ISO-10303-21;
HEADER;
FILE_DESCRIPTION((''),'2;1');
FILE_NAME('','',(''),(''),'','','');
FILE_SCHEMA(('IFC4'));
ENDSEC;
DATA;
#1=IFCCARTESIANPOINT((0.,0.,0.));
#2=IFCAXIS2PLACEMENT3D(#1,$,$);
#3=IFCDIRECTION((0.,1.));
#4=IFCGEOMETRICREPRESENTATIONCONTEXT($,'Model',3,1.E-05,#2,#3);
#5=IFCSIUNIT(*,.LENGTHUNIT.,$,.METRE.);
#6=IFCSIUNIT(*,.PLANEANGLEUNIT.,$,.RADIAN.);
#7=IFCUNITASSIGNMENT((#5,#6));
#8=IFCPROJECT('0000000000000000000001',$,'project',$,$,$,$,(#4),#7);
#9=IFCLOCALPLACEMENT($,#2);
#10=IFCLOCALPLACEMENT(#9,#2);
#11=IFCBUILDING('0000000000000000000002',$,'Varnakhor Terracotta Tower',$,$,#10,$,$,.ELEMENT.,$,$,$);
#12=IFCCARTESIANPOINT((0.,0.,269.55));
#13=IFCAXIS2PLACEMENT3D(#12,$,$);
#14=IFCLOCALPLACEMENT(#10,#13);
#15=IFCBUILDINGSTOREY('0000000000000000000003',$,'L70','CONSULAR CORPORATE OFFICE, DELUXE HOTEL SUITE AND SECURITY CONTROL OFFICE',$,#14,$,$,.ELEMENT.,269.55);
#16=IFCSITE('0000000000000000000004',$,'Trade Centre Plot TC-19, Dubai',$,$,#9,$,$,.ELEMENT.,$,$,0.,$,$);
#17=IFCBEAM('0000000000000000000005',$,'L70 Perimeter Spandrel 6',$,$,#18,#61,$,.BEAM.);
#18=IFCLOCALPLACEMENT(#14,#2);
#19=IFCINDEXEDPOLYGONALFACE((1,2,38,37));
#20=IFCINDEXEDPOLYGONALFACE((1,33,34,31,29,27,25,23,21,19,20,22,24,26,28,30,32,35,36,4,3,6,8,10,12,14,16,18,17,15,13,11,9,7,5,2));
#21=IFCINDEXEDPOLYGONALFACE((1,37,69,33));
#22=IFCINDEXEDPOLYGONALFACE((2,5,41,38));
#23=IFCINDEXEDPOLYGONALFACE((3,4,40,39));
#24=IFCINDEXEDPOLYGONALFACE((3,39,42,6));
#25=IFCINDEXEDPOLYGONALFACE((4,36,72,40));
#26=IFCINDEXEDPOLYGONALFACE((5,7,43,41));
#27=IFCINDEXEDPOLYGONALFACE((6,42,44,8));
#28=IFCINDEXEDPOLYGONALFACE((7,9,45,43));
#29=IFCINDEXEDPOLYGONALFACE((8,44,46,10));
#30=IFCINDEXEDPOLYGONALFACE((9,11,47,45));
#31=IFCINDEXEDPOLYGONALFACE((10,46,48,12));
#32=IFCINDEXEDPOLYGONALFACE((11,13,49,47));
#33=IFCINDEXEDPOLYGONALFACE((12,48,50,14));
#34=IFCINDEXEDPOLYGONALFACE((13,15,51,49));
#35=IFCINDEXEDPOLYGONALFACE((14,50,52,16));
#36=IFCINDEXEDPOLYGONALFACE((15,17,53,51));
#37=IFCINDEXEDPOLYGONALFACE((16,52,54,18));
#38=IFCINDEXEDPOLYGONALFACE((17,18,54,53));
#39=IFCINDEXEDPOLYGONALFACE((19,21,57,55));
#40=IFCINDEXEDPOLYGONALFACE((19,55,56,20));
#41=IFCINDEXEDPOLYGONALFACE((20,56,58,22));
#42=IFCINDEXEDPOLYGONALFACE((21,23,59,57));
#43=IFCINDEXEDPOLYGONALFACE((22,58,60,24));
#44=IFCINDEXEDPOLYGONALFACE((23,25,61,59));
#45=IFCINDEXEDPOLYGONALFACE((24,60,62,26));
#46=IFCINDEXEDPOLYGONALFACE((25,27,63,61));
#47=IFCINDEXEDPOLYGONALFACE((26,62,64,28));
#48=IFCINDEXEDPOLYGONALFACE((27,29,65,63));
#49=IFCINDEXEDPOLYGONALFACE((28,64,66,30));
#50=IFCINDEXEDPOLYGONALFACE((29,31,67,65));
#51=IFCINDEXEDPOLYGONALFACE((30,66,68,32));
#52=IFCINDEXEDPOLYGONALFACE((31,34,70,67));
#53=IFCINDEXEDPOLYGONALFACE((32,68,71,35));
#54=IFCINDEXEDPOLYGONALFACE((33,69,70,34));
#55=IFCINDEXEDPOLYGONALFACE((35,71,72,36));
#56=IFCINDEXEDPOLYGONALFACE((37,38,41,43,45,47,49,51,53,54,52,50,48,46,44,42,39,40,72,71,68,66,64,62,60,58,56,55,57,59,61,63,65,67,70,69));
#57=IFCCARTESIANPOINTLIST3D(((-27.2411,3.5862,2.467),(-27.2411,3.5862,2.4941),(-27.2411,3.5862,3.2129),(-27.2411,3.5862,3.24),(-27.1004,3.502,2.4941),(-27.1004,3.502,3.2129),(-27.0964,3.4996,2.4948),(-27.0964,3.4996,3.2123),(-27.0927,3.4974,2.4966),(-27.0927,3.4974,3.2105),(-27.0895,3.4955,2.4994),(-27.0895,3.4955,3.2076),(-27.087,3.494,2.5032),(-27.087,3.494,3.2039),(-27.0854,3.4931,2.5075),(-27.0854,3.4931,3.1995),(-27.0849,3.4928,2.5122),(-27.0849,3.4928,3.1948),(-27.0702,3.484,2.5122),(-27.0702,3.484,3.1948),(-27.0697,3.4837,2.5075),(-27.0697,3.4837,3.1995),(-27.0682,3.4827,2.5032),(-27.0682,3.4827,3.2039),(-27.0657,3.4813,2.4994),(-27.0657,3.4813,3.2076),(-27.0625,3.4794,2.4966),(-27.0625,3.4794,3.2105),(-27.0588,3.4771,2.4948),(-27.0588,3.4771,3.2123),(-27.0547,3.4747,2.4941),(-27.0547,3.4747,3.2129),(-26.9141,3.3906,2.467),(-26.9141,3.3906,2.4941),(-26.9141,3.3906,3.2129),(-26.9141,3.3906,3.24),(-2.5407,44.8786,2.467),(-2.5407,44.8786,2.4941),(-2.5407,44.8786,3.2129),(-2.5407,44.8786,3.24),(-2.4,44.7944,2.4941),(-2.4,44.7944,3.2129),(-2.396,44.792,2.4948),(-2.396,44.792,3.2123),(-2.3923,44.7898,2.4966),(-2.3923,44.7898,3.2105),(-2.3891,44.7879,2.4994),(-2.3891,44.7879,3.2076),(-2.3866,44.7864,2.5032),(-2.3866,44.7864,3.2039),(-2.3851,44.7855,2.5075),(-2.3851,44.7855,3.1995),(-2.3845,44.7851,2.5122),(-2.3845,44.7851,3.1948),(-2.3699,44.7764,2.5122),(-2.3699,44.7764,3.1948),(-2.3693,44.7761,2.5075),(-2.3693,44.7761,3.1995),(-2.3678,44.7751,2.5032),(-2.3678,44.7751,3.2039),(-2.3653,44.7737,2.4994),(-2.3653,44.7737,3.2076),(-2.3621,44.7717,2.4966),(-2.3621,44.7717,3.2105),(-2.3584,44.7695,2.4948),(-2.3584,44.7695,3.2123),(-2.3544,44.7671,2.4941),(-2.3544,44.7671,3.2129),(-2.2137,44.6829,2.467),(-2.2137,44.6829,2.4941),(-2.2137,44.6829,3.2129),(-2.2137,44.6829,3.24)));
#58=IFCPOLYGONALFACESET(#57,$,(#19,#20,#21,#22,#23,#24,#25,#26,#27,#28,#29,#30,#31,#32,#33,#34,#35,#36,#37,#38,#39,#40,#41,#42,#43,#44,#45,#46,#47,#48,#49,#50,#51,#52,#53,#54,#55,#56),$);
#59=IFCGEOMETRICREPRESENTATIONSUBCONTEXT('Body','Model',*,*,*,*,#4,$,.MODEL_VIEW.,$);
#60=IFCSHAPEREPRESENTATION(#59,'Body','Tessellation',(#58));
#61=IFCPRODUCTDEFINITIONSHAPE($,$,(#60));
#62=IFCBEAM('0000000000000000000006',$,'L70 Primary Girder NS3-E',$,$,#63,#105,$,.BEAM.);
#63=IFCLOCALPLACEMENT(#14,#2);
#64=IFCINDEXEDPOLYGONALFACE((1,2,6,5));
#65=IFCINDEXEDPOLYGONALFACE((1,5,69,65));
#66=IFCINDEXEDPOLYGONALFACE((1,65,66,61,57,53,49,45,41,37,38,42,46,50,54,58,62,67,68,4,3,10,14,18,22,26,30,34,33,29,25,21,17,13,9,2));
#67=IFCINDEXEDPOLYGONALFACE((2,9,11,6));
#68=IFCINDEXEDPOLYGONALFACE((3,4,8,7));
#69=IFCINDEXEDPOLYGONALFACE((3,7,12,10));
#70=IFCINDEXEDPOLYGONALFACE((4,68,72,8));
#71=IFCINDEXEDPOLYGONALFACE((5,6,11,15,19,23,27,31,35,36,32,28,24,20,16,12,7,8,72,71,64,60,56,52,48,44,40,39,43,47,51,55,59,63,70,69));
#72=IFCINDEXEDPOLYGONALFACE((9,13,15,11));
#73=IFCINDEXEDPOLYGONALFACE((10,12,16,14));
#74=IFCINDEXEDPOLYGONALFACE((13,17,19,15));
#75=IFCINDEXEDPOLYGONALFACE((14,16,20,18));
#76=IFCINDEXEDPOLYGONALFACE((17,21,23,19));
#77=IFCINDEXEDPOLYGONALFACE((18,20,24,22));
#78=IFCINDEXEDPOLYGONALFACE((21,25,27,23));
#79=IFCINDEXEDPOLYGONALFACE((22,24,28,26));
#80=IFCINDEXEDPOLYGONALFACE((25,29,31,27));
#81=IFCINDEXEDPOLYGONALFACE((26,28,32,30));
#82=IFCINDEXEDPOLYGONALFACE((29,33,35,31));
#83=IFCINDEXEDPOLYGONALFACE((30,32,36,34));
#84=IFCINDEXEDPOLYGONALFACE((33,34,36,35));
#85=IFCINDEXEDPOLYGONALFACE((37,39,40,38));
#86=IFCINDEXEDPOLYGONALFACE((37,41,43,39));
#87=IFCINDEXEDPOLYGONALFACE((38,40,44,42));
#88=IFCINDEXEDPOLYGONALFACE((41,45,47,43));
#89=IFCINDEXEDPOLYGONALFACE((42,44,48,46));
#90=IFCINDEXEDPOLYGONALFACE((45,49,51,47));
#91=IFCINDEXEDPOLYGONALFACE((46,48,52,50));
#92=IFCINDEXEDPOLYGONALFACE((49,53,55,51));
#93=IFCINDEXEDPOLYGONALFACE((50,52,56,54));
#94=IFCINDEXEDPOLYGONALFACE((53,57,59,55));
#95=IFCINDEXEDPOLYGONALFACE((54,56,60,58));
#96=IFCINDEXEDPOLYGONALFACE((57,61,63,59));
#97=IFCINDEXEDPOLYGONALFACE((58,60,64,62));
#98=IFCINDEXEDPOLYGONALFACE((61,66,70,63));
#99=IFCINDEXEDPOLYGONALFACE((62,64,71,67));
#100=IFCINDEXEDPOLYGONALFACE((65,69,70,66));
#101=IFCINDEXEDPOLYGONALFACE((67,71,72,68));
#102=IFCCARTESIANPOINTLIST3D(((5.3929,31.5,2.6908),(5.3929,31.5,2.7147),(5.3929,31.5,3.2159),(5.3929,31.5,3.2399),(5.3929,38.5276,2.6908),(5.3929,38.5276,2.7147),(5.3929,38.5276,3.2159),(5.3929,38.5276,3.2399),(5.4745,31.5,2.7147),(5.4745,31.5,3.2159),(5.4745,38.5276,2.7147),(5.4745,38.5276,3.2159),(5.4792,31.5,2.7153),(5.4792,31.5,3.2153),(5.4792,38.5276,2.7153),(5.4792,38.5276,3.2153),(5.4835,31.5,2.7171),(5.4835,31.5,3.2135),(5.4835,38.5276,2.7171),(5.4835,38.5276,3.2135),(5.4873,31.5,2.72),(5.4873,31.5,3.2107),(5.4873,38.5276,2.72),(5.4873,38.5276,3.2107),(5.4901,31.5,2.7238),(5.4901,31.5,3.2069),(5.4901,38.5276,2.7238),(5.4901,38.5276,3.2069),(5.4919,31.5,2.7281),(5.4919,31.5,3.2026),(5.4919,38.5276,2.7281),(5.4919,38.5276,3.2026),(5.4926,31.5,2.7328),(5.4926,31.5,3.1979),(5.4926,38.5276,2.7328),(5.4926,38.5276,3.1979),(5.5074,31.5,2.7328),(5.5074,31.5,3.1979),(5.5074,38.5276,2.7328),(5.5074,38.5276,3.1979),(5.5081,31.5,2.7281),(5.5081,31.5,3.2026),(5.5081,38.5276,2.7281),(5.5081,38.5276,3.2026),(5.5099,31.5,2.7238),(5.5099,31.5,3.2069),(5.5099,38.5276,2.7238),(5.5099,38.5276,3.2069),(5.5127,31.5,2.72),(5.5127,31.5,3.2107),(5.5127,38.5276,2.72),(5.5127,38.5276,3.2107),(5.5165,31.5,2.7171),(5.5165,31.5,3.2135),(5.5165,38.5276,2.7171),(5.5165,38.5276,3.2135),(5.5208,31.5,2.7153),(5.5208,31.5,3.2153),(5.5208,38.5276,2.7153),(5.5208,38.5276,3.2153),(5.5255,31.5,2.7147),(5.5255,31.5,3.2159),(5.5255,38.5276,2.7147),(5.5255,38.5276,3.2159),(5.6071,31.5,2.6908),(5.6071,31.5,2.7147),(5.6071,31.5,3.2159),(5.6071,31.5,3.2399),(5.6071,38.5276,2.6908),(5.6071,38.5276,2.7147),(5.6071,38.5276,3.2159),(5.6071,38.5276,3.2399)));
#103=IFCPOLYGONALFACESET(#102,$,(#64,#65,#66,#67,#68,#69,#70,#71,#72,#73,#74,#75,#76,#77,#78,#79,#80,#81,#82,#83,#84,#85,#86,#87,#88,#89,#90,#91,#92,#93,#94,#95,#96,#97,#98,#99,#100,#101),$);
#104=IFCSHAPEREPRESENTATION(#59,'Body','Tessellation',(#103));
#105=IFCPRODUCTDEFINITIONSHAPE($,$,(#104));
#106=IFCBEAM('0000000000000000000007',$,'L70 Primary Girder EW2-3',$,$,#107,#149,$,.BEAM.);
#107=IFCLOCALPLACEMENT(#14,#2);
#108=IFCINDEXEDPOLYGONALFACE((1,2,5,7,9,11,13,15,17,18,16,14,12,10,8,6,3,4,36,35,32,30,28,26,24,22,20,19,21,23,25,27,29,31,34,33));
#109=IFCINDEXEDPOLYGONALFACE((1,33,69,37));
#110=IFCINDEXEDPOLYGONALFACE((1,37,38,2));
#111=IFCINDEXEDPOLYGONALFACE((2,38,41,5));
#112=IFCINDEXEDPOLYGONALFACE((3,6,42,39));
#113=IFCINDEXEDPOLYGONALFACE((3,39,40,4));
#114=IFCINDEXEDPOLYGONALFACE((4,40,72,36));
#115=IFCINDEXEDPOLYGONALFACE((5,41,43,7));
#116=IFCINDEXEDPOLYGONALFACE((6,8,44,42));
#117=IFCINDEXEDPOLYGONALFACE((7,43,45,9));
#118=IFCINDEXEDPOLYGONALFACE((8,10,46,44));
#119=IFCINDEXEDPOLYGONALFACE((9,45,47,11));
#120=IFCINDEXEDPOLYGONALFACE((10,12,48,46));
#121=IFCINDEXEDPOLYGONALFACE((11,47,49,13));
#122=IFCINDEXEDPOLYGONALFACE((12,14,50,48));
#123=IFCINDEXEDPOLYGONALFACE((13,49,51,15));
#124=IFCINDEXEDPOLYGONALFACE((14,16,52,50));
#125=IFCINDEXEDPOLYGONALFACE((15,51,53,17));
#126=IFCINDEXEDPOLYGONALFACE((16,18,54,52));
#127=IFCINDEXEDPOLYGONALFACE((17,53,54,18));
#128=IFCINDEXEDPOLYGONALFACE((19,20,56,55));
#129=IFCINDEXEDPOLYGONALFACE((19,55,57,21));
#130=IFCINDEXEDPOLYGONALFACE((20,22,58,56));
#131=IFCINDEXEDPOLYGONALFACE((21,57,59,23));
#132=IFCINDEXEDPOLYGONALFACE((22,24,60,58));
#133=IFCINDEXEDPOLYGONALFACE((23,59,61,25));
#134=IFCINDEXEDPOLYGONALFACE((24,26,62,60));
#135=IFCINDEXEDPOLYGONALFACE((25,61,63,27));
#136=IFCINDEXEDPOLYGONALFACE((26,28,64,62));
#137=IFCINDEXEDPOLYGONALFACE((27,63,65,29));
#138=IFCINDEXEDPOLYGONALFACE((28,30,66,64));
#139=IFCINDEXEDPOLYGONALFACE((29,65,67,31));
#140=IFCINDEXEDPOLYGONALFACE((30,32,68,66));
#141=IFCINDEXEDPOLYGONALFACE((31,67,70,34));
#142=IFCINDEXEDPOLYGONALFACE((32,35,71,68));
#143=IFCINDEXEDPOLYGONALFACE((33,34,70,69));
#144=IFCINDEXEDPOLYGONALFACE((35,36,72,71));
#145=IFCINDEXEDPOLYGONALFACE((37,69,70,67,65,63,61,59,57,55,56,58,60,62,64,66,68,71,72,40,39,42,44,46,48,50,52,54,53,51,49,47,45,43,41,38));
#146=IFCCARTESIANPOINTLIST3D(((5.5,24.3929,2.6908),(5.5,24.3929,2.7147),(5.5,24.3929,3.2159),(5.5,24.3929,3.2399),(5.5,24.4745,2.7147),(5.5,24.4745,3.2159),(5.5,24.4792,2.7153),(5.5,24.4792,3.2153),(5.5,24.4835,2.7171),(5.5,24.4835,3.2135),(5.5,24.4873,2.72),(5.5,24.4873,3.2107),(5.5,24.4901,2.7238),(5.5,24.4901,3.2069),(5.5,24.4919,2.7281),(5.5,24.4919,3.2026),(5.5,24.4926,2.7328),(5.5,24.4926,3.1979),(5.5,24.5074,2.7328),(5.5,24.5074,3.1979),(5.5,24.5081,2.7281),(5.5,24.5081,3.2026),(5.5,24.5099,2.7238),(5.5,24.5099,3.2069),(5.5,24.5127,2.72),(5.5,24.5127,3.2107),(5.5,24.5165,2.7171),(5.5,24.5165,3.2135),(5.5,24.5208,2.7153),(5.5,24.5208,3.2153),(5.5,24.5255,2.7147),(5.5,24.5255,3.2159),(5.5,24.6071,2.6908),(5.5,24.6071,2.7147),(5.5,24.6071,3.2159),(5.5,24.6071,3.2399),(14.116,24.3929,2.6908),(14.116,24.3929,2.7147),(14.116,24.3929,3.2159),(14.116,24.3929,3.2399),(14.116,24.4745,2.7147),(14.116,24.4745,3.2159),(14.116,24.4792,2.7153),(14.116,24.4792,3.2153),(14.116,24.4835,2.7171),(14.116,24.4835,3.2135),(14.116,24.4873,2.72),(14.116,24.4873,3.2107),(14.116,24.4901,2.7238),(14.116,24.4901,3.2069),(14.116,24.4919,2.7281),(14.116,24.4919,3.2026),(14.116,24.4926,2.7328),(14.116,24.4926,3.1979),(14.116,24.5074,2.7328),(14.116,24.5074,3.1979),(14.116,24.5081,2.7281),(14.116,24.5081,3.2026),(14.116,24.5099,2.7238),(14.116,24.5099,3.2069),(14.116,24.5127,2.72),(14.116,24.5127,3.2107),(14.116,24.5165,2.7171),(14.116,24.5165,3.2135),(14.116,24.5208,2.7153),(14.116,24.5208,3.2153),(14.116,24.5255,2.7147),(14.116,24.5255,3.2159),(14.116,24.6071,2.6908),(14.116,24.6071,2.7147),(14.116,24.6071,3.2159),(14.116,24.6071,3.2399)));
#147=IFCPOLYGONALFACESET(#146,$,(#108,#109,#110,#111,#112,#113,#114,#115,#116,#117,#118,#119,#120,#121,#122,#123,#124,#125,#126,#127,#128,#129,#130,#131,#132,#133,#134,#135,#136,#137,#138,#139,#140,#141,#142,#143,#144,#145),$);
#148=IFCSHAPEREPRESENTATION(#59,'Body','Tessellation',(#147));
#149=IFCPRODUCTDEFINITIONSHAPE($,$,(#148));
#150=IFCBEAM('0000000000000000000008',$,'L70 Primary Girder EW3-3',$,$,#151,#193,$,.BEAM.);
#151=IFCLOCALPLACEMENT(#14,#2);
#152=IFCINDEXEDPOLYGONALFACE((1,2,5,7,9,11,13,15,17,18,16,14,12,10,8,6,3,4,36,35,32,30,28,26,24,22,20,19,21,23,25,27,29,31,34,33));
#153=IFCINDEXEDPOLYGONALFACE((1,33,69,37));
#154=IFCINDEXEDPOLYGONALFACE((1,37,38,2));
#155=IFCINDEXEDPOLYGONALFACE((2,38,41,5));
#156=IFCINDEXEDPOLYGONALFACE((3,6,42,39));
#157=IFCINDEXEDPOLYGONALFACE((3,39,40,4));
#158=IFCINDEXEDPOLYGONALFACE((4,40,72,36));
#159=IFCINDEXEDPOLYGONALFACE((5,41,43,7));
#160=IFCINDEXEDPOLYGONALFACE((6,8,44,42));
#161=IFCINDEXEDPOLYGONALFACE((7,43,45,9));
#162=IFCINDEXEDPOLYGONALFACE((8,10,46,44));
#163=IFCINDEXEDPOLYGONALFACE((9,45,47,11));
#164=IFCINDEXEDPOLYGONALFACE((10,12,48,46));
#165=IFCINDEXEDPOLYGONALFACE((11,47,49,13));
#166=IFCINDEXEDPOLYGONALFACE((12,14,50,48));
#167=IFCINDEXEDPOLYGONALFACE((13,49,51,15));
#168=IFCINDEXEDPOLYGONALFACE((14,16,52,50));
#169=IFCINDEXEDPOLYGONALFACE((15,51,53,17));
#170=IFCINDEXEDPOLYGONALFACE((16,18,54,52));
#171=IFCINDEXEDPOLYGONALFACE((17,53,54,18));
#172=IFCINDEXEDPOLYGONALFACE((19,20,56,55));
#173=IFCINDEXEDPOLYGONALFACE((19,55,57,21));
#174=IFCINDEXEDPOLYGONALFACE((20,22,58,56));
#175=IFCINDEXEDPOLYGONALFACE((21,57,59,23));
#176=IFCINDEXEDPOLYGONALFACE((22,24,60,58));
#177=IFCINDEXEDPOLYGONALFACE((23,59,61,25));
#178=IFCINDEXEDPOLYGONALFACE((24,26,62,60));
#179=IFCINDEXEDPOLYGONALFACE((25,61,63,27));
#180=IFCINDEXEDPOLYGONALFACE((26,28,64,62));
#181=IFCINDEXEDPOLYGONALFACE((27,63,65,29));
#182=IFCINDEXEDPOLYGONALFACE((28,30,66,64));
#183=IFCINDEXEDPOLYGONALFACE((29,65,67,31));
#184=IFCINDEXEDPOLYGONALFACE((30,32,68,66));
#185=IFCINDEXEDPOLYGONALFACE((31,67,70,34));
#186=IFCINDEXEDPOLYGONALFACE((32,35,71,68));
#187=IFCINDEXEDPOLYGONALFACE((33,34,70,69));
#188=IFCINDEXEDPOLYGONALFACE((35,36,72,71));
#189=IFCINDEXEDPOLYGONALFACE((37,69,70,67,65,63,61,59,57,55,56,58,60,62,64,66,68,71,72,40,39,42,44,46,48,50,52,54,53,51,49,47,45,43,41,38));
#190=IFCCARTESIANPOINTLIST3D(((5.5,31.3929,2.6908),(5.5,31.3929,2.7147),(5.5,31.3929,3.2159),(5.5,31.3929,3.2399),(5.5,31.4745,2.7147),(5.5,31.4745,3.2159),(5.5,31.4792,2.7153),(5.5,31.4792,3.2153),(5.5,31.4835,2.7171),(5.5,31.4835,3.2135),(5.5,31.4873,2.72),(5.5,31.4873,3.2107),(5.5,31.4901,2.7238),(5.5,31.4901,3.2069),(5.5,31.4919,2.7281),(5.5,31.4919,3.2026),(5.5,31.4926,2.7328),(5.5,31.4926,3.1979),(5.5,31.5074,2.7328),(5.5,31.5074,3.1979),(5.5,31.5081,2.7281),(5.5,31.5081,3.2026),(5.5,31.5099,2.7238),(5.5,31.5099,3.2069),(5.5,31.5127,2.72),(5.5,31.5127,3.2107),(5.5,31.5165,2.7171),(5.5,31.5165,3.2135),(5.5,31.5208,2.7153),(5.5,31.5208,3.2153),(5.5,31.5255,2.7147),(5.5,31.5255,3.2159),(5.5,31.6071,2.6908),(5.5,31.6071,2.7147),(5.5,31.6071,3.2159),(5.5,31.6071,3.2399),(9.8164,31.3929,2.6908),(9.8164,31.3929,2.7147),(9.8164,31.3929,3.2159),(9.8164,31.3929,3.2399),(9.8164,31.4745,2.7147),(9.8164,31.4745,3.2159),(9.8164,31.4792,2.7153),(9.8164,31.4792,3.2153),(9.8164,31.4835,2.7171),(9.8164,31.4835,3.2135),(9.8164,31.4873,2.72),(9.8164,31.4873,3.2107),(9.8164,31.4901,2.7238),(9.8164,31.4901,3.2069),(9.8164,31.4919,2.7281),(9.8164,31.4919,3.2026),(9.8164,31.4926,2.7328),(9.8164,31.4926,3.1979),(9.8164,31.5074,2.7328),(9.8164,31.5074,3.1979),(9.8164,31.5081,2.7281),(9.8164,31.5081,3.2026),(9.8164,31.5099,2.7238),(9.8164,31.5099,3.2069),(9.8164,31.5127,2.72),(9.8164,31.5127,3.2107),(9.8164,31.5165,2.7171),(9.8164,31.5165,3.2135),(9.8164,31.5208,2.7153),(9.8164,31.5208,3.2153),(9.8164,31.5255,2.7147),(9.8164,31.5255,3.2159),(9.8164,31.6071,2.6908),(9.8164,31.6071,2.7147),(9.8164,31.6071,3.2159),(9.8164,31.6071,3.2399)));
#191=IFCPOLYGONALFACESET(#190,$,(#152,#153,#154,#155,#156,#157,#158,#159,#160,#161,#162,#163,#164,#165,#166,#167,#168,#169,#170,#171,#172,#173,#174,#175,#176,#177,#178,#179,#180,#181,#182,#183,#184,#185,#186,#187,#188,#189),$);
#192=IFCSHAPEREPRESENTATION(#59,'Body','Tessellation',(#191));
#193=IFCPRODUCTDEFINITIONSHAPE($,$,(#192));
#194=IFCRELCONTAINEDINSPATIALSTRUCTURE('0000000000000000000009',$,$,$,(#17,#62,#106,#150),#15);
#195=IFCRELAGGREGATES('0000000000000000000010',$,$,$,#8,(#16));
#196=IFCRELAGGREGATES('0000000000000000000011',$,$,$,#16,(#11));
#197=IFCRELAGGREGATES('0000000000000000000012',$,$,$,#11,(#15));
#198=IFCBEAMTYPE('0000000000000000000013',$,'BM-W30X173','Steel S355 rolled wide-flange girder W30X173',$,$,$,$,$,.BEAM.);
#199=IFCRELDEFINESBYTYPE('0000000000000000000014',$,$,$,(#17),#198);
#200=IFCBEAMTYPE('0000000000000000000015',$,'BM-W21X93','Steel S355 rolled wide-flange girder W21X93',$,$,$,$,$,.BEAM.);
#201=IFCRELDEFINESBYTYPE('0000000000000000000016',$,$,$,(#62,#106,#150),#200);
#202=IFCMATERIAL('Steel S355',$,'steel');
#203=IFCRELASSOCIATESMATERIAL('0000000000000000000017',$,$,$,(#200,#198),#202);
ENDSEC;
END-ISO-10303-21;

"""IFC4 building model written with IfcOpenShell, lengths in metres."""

from ifc_helpers import new_model, si_unit, direction, frame, origin, origin_2d, place, context, subcontext, project, spatial, i_section, extrude, source, transform, mapped, material, material_profile, profile_set, type_object, element, save


model = new_model("IFC4")

# Units and contexts
model_context = context("Model", 3, precision=1e-05, world=origin(), true_north=direction((0.0, 1.0)))
body_context = subcontext(model_context, "Body", "Model", "MODEL_VIEW")
ifc_project = project(units=[si_unit("LENGTHUNIT", "METRE"), si_unit("PLANEANGLEUNIT", "RADIAN")], contexts=[model_context])

# Site, building, storey
site_placement = place(None, origin())
site = spatial("IfcSite", under=ifc_project, at=site_placement, Name="Trade Centre Plot TC-19, Dubai", CompositionType="ELEMENT", RefElevation=0.0)
building_placement = place(site_placement, origin())
building = spatial("IfcBuilding", under=site, at=building_placement, Name="Varnakhor Terracotta Tower", CompositionType="ELEMENT")
storey_placement = place(building_placement, frame((0.0, 0.0, 269.55)))
storey = spatial("IfcBuildingStorey", under=building, at=storey_placement, Name="L70", Description="CONSULAR CORPORATE OFFICE, DELUXE HOTEL SUITE AND SECURITY CONTROL OFFICE", CompositionType="ELEMENT", Elevation=269.55)

# Shared definitions
ifc_material_1 = material(Name="Steel S355", Category="steel")

# Beams
ifc_material_profile_1 = material_profile(ifc_material_1, i_section(OverallWidth=0.2141, OverallDepth=0.5491, WebThickness=0.0149, FlangeThickness=0.0239, FilletRadius=0.0181, at=origin_2d()), Name="W21X93")
ifc_profile_set_1 = profile_set([ifc_material_profile_1], Name="Steel S355")
beam_type_1 = type_object("IfcBeamType", Name="BM-W21X93", Description="Steel S355 rolled wide-flange girder W21X93", PredefinedType="BEAM", material=ifc_profile_set_1)
ifc_material_profile_2 = material_profile(ifc_material_1, i_section(OverallWidth=0.3811, OverallDepth=0.7729, WebThickness=0.0171, FlangeThickness=0.0271, FilletRadius=0.0181, at=origin_2d()), Name="W30X173")
ifc_profile_set_2 = profile_set([ifc_material_profile_2], Name="Steel S355")
beam_type_2 = type_object("IfcBeamType", Name="BM-W30X173", Description="Steel S355 rolled wide-flange girder W30X173", PredefinedType="BEAM", material=ifc_profile_set_2)
shared_shape_1 = source(origin(), body_context, "Body", "SweptSolid", [
    extrude(i_section(OverallWidth=0.3811, OverallDepth=0.7729, WebThickness=0.0171, FlangeThickness=0.0271, FilletRadius=0.0181, at=origin_2d()), origin(), (0.0, 0.0, 1.0), 48.1162),
])
beam_1_placement = place(storey_placement, frame((-2.3772, 44.7808, 2.8535), z_axis=(-0.513348, -0.85818, 0.0), x_axis=(0.85818, -0.513348, 0.0)))
element("IfcBeam", 1, at=beam_1_placement, inside=storey, type_object=beam_type_2, Name="L70 Perimeter Spandrel 6", PredefinedType="BEAM", context=body_context, shape_type="MappedRepresentation", body=[
    mapped(shared_shape_1, transform((0.0, 0.0, 0.0), scale=1.0)),
])
shared_shape_2 = source(origin(), body_context, "Body", "SweptSolid", [
    extrude(i_section(OverallWidth=0.2141, OverallDepth=0.5491, WebThickness=0.0149, FlangeThickness=0.0239, FilletRadius=0.0181, at=origin_2d()), origin(), (0.0, 0.0, 1.0), 7.0276),
])
beam_2_placement = place(storey_placement, frame((5.5, 31.5, 2.9653), z_axis=(0.0, 1.0, 0.0), x_axis=(-1.0, 0.0, 0.0)))
element("IfcBeam", 2, at=beam_2_placement, inside=storey, type_object=beam_type_1, Name="L70 Primary Girder NS3-E", PredefinedType="BEAM", context=body_context, shape_type="MappedRepresentation", body=[
    mapped(shared_shape_2, transform((0.0, 0.0, 0.0), scale=1.0)),
])
shared_shape_3 = source(origin(), body_context, "Body", "SweptSolid", [
    extrude(i_section(OverallWidth=0.2141, OverallDepth=0.5491, WebThickness=0.0149, FlangeThickness=0.0239, FilletRadius=0.0181, at=origin_2d()), origin(), (0.0, 0.0, 1.0), 8.616),
])
beam_3_placement = place(storey_placement, frame((5.5, 24.5, 2.9653), z_axis=(1.0, 0.0, 0.0), x_axis=(0.0, 1.0, 0.0)))
element("IfcBeam", 3, at=beam_3_placement, inside=storey, type_object=beam_type_1, Name="L70 Primary Girder EW2-3", PredefinedType="BEAM", context=body_context, shape_type="MappedRepresentation", body=[
    mapped(shared_shape_3, transform((0.0, 0.0, 0.0), scale=1.0)),
])
shared_shape_4 = source(origin(), body_context, "Body", "SweptSolid", [
    extrude(i_section(OverallWidth=0.2141, OverallDepth=0.5491, WebThickness=0.0149, FlangeThickness=0.0239, FilletRadius=0.0181, at=origin_2d()), origin(), (0.0, 0.0, 1.0), 4.3164),
])
beam_4_placement = place(storey_placement, frame((5.5, 31.5, 2.9653), z_axis=(1.0, 0.0, 0.0), x_axis=(0.0, 1.0, 0.0)))
element("IfcBeam", 4, at=beam_4_placement, inside=storey, type_object=beam_type_1, Name="L70 Primary Girder EW3-3", PredefinedType="BEAM", context=body_context, shape_type="MappedRepresentation", body=[
    mapped(shared_shape_4, transform((0.0, 0.0, 0.0), scale=1.0)),
])

save(model, "model.ifc")
